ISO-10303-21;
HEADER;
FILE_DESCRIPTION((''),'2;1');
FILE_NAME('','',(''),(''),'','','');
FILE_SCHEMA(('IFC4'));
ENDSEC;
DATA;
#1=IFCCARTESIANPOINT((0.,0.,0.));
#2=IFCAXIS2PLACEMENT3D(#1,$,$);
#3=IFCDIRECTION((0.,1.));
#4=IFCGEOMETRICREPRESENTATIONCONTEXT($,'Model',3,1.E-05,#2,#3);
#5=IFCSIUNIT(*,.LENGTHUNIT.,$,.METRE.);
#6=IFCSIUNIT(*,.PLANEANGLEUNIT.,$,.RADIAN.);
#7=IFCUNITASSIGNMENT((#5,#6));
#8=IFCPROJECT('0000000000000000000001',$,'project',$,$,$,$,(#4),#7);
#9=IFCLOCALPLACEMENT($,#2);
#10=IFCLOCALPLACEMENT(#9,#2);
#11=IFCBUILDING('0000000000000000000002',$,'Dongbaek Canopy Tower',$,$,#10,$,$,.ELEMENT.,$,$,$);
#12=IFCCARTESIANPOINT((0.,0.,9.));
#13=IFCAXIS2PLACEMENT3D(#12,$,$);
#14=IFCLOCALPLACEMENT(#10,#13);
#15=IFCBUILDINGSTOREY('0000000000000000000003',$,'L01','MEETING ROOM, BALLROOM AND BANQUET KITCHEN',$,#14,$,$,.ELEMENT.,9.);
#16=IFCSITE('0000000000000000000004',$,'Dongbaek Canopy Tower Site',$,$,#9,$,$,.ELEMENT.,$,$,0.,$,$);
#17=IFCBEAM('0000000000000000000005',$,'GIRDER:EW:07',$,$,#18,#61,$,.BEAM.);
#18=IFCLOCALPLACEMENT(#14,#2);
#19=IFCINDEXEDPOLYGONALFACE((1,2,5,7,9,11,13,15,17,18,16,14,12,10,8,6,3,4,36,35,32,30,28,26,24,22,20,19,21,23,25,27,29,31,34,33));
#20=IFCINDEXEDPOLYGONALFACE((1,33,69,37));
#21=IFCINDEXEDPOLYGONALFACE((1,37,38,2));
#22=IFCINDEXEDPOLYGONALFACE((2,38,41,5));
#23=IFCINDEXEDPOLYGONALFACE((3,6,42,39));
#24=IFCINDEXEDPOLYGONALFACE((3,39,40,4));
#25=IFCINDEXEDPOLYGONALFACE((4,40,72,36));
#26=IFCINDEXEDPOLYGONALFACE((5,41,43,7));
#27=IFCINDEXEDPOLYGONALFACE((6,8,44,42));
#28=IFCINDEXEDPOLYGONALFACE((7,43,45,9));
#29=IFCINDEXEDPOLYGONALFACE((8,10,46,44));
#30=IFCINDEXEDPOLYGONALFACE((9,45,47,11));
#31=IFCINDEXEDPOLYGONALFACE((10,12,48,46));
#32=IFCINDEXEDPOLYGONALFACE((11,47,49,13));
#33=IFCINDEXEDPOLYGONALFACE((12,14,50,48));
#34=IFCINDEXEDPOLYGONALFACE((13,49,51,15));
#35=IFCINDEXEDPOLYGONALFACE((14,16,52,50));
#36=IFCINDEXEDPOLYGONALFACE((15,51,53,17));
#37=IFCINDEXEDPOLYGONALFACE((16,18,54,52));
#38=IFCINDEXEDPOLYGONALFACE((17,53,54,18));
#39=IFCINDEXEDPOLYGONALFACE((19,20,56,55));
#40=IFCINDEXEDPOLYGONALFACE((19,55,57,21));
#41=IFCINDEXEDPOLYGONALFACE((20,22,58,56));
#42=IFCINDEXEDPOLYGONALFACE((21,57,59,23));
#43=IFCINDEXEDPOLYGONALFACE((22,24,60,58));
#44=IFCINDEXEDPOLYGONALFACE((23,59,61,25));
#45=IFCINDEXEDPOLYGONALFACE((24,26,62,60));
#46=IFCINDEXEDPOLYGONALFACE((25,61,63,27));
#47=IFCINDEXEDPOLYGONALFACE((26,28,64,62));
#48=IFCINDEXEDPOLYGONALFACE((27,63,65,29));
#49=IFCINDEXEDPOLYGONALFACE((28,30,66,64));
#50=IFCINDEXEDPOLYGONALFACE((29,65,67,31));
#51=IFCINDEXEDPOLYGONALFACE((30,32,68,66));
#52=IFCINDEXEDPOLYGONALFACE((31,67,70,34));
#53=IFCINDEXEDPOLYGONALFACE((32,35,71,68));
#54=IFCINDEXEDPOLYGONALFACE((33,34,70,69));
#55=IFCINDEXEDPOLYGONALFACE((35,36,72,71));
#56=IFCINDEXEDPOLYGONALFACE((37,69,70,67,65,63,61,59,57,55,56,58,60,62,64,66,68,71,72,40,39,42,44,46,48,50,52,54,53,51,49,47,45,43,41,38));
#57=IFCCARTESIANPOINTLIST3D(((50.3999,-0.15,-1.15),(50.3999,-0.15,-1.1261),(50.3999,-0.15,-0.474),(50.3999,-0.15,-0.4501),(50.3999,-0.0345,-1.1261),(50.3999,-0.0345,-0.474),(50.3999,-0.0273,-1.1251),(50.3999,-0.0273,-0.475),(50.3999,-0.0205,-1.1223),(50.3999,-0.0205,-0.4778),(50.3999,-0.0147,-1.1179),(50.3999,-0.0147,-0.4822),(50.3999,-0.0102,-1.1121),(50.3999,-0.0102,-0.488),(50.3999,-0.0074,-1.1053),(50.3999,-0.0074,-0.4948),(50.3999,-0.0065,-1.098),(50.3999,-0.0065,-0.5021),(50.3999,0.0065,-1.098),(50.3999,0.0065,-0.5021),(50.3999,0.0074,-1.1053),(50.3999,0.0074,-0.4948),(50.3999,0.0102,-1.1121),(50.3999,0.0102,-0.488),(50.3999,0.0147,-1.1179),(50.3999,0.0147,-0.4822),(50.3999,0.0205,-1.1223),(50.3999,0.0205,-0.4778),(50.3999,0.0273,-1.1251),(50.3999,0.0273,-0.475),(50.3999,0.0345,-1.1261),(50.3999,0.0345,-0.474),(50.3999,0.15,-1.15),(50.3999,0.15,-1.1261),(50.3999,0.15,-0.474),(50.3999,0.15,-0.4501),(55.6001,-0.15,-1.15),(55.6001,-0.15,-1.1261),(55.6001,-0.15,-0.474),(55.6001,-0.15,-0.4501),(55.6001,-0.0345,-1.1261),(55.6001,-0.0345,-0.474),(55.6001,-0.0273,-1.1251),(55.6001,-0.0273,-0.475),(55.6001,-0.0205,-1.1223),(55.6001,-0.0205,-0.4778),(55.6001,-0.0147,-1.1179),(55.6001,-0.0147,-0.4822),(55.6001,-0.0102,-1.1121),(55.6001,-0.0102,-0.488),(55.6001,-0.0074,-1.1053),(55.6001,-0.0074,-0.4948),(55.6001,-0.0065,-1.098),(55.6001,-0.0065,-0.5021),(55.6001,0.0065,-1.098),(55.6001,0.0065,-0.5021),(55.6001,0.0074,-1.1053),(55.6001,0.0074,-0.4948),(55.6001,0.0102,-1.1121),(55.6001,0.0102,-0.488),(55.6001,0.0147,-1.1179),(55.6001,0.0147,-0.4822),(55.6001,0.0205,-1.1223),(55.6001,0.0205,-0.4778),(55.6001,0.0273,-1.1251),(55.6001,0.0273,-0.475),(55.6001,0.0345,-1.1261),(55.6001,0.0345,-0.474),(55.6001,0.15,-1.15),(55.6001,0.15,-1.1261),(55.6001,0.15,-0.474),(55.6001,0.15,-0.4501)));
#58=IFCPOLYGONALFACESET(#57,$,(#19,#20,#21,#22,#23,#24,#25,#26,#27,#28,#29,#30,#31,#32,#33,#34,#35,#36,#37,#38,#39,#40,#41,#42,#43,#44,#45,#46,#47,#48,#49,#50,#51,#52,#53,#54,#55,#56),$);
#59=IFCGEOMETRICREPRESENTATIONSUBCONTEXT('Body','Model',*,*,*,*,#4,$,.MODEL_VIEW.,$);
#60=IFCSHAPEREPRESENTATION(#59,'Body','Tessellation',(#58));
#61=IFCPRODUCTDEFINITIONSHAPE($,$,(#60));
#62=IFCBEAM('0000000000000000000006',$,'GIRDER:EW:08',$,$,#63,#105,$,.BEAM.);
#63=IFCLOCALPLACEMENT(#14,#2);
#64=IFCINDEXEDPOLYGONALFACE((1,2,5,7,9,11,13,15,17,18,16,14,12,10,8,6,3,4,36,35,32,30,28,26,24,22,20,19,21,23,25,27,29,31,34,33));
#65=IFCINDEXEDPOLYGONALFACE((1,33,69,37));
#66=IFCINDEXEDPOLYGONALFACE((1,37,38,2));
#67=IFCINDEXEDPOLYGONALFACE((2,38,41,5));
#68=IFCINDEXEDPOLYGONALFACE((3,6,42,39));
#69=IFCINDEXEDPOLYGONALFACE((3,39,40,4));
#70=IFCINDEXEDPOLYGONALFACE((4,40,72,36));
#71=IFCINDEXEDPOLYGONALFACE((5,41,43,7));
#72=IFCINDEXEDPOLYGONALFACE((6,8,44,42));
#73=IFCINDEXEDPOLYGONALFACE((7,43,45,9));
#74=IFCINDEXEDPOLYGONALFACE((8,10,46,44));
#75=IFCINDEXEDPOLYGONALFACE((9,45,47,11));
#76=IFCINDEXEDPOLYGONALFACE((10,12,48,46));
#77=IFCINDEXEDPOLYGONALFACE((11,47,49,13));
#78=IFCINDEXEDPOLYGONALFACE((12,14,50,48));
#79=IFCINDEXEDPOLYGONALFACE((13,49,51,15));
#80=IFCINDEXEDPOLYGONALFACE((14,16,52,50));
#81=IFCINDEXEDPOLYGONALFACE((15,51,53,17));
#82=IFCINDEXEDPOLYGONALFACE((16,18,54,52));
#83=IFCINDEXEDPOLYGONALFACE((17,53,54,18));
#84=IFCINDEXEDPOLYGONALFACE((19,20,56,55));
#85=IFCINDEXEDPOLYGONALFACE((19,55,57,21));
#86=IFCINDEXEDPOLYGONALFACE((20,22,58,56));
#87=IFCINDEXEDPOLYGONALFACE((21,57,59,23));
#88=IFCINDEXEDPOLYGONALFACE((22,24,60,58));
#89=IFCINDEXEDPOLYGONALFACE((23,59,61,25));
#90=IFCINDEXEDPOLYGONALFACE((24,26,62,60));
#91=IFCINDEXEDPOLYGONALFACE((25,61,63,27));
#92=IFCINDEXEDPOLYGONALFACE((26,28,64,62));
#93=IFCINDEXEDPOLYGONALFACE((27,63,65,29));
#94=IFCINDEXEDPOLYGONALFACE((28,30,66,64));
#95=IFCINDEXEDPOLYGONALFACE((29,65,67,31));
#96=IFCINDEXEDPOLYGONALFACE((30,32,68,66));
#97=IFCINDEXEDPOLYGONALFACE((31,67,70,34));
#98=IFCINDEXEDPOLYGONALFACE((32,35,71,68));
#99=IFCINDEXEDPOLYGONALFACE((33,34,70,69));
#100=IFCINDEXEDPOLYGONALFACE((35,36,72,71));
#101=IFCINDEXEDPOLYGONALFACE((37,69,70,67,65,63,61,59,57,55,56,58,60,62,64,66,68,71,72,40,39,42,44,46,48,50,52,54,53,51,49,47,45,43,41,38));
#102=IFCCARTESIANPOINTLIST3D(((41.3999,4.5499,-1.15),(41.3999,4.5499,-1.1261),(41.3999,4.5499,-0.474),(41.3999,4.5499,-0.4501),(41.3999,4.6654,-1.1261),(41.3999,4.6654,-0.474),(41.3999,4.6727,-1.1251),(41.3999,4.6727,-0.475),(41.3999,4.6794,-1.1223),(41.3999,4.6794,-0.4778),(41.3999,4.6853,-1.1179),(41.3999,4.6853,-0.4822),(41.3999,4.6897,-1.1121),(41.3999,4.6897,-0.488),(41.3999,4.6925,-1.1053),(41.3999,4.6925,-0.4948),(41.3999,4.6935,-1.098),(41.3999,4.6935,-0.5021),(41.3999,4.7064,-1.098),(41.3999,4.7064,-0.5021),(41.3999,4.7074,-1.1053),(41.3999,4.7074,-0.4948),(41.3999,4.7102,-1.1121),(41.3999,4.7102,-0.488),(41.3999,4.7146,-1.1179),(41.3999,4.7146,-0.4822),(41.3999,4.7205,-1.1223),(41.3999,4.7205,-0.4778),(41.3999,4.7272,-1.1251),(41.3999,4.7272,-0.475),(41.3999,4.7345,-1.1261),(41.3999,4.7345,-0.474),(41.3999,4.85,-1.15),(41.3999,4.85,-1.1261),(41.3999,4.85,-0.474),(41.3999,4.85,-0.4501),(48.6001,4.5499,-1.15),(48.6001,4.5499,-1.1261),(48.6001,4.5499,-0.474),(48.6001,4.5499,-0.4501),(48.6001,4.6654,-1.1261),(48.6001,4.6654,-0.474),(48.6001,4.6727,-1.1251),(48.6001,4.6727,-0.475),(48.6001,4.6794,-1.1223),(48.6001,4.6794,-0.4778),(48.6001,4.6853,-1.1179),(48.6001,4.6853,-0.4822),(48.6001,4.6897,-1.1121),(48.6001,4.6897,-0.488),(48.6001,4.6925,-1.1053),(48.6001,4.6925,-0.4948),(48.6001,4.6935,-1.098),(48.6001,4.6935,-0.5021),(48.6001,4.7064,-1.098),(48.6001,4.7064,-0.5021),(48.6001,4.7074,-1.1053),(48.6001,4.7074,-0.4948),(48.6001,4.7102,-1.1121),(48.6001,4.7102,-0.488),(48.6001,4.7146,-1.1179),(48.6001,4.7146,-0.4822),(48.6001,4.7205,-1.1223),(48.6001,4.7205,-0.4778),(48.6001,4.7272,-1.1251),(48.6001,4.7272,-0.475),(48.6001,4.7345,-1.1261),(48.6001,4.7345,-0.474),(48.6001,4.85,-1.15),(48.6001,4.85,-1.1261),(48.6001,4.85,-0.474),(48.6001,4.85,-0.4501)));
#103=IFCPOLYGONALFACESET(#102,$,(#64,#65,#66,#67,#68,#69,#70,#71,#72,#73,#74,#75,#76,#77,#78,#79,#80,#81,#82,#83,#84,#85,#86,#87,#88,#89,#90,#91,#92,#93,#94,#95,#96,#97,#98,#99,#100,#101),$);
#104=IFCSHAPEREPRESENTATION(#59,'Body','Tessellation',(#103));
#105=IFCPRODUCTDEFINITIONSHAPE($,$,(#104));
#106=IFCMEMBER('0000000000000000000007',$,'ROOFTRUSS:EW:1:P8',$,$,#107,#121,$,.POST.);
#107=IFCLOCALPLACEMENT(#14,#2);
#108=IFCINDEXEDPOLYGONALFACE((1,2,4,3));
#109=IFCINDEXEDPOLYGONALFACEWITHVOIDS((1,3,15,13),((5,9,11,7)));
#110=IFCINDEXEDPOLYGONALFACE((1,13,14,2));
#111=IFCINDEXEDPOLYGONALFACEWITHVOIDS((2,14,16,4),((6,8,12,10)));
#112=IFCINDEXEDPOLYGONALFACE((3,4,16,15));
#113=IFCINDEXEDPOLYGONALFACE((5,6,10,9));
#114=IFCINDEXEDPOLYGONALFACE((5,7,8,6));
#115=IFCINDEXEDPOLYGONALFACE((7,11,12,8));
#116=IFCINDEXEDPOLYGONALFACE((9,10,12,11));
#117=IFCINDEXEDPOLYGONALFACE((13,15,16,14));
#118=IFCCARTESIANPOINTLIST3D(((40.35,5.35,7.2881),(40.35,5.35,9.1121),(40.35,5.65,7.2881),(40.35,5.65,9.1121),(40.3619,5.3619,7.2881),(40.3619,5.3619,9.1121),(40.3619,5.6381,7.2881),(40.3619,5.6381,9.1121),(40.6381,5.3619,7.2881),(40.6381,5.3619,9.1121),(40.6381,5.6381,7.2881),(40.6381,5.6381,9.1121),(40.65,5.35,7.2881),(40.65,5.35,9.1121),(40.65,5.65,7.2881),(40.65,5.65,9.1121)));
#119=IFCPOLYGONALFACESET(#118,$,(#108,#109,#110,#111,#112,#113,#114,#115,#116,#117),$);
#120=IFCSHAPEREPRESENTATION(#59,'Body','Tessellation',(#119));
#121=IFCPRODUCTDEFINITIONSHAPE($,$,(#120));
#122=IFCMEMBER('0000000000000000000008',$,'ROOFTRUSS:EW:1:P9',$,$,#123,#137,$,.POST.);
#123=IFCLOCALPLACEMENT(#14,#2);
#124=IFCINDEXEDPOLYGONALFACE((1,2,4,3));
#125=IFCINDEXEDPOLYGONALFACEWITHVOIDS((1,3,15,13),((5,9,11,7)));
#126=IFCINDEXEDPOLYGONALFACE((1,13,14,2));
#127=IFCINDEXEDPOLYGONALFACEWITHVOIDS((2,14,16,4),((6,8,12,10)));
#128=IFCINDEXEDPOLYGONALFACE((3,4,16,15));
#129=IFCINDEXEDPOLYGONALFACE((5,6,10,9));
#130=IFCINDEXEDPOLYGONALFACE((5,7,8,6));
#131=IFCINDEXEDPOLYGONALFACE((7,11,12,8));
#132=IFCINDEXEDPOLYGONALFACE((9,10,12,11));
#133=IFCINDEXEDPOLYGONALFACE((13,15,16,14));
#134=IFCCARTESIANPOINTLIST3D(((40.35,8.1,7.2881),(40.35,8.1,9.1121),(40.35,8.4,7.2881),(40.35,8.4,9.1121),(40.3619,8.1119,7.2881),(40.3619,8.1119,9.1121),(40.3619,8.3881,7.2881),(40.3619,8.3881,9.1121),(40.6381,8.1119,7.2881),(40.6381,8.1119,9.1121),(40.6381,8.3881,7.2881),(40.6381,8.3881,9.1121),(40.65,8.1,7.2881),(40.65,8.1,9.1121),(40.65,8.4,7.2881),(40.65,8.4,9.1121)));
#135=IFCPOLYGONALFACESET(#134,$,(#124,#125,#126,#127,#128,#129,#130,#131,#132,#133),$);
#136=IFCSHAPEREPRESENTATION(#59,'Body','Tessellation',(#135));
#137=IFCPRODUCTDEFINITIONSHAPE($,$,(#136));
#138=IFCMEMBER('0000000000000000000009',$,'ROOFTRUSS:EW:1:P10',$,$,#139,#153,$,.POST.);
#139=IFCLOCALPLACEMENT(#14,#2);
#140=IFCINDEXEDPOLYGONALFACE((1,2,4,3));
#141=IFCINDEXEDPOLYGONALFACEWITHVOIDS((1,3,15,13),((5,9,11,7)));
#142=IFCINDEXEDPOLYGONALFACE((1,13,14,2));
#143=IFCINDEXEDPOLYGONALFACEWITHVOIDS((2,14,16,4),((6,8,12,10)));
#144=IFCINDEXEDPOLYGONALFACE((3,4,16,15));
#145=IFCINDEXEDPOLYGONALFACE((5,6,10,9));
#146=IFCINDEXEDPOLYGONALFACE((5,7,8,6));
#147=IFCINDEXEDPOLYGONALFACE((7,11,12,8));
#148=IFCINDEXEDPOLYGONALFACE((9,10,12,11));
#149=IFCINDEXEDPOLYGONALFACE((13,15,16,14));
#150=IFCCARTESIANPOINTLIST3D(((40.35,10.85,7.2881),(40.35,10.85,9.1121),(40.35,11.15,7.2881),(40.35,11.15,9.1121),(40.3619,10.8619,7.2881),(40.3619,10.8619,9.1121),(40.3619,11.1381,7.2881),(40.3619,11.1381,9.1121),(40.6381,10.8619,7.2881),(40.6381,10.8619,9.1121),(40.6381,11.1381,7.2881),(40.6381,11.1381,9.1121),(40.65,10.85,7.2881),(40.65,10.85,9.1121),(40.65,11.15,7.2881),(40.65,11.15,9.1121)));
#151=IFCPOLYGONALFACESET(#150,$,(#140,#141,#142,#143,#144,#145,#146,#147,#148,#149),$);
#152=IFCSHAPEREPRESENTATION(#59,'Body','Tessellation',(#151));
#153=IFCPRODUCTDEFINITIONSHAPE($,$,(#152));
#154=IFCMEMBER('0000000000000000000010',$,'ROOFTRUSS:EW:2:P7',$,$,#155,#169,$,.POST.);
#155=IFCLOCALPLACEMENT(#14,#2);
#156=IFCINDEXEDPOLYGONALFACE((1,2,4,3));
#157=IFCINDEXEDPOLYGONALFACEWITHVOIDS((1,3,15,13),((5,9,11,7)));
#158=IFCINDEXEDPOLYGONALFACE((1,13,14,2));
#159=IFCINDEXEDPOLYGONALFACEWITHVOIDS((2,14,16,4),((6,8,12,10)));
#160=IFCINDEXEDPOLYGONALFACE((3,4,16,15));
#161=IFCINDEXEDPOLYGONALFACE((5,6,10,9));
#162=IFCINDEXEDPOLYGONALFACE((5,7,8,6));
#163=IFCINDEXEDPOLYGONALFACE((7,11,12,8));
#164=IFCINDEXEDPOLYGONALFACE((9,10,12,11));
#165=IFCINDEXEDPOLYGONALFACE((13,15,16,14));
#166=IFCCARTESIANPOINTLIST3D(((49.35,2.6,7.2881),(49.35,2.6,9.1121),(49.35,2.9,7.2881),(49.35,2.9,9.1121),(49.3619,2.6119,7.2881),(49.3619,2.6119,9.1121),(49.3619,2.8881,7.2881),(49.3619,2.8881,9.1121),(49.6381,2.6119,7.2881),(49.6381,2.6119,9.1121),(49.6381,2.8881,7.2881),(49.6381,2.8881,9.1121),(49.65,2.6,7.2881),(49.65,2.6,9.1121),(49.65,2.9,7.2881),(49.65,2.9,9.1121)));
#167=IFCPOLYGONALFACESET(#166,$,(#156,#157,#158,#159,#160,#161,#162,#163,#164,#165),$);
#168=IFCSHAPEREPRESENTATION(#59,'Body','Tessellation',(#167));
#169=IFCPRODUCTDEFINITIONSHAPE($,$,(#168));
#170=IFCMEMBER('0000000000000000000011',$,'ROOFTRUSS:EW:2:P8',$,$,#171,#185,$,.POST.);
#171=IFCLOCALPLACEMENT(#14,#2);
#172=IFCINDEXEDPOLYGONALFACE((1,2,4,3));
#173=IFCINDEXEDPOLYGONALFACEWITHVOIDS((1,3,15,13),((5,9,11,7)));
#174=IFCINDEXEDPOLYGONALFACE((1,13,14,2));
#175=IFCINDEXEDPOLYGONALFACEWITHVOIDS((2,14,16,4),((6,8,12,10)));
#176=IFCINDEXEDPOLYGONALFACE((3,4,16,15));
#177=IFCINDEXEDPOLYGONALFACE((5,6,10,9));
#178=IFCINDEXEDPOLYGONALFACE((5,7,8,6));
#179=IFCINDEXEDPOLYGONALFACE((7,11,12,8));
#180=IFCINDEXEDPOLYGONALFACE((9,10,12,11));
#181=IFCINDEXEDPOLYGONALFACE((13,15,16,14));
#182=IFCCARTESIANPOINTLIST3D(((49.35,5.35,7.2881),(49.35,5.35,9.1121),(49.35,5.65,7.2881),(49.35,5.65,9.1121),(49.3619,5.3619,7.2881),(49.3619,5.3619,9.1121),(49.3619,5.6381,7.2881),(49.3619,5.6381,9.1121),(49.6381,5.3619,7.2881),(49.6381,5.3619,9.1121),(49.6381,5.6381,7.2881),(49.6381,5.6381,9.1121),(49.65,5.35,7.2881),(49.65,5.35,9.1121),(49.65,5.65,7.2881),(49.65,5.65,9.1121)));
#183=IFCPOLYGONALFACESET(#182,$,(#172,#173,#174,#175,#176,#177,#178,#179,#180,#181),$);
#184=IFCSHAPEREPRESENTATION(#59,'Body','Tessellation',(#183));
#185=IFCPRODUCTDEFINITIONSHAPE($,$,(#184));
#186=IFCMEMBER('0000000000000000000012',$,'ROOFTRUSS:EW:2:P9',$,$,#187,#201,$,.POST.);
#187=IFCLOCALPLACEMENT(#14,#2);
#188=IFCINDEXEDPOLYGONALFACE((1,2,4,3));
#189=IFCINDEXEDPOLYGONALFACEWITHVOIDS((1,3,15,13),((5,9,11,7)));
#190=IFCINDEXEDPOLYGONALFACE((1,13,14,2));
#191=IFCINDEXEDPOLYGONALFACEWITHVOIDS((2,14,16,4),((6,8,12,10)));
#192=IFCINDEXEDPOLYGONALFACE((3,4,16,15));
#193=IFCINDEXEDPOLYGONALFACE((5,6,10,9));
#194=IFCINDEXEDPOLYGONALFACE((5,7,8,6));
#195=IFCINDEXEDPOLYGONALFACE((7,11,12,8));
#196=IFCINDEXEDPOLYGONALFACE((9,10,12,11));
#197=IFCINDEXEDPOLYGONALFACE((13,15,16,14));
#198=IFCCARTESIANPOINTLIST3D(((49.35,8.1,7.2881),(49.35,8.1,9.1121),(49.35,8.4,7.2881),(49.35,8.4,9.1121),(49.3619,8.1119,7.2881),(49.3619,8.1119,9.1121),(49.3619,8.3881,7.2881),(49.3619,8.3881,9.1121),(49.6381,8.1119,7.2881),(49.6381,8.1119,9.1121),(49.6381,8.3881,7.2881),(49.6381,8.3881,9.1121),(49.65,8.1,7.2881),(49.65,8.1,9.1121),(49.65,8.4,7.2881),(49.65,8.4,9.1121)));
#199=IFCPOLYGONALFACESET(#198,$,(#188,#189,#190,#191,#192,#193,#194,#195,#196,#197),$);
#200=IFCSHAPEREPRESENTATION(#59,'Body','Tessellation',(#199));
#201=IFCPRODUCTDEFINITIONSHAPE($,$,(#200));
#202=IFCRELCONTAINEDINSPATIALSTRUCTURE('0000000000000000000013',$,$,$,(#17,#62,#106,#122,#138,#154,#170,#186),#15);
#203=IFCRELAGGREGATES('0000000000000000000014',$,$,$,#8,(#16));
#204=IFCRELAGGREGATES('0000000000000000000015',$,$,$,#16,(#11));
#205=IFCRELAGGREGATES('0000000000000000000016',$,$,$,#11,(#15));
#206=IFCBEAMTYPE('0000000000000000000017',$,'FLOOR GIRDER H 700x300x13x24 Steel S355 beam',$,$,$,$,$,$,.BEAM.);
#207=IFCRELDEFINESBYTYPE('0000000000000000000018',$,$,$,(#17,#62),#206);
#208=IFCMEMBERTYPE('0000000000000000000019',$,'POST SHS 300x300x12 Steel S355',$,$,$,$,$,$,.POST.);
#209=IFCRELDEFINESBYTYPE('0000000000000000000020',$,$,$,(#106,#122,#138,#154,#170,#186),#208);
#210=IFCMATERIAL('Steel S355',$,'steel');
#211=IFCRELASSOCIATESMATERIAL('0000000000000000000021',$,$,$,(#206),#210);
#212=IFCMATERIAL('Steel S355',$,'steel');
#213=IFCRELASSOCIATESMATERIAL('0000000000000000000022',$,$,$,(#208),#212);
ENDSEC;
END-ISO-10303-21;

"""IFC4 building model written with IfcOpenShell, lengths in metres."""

from ifc_helpers import new_model, si_unit, direction, frame, origin, origin_2d, place, context, subcontext, project, spatial, hollow_rectangle, i_section, extrude, material, material_profile, profile_set, type_object, element, save


model = new_model("IFC4")

# Units and contexts
model_context = context("Model", 3, precision=1e-05, world=origin(), true_north=direction((0.0, 1.0)))
body_context = subcontext(model_context, "Body", "Model", "MODEL_VIEW")
ifc_project = project(units=[si_unit("LENGTHUNIT", "METRE"), si_unit("PLANEANGLEUNIT", "RADIAN")], contexts=[model_context])

# Site, building, storey
site_placement = place(None, origin())
site = spatial("IfcSite", under=ifc_project, at=site_placement, Name="Dongbaek Canopy Tower Site", CompositionType="ELEMENT", RefElevation=0.0)
building_placement = place(site_placement, origin())
building = spatial("IfcBuilding", under=site, at=building_placement, Name="Dongbaek Canopy Tower", CompositionType="ELEMENT")
storey_placement = place(building_placement, frame((0.0, 0.0, 9.0)))
storey = spatial("IfcBuildingStorey", under=building, at=storey_placement, Name="L01", Description="MEETING ROOM, BALLROOM AND BANQUET KITCHEN", CompositionType="ELEMENT", Elevation=9.0)

# Beams
ifc_material_1 = material(Name="Steel S355", Category="steel")
ifc_material_profile_1 = material_profile(ifc_material_1, i_section(OverallWidth=0.3, OverallDepth=0.7, WebThickness=0.0129, FlangeThickness=0.0239, FilletRadius=0.0281, at=origin_2d()), Name="FLOOR GIRDER H 700x300x13x24 Steel S355 beam")
ifc_profile_set_1 = profile_set([ifc_material_profile_1], Name="Steel S355")
beam_type = type_object("IfcBeamType", Name="FLOOR GIRDER H 700x300x13x24 Steel S355 beam", PredefinedType="BEAM", material=ifc_profile_set_1)
beam_1_placement = place(storey_placement, frame((50.3999, 0.0, -0.8), z_axis=(1.0, 0.0, 0.0), x_axis=(0.0, 1.0, 0.0)))
element("IfcBeam", 1, at=beam_1_placement, inside=storey, type_object=beam_type, Name="GIRDER:EW:07", PredefinedType="BEAM", context=body_context, shape_type="SweptSolid", body=[
    extrude(i_section(OverallWidth=0.3, OverallDepth=0.7, WebThickness=0.0129, FlangeThickness=0.0239, FilletRadius=0.0281, at=origin_2d()), origin(), (0.0, 0.0, 1.0), 5.2002),
])
beam_2_placement = place(storey_placement, frame((41.3999, 4.7, -0.8), z_axis=(1.0, 0.0, 0.0), x_axis=(0.0, 1.0, 0.0)))
element("IfcBeam", 2, at=beam_2_placement, inside=storey, type_object=beam_type, Name="GIRDER:EW:08", PredefinedType="BEAM", context=body_context, shape_type="SweptSolid", body=[
    extrude(i_section(OverallWidth=0.3, OverallDepth=0.7, WebThickness=0.0129, FlangeThickness=0.0239, FilletRadius=0.0281, at=origin_2d()), origin(), (0.0, 0.0, 1.0), 7.2002),
])

# Members
ifc_material_2 = material(Name="Steel S355", Category="steel")
ifc_material_profile_2 = material_profile(ifc_material_2, hollow_rectangle(XDim=0.3, YDim=0.3, WallThickness=0.012, at=origin_2d()), Name="POST SHS 300x300x12 Steel S355")
ifc_profile_set_2 = profile_set([ifc_material_profile_2], Name="Steel S355")
member_type_1 = type_object("IfcMemberType", Name="POST SHS 300x300x12 Steel S355", PredefinedType="POST", material=ifc_profile_set_2)
for number, where, z_axis, x_axis, name in (
    (3, (40.5, 5.5, 7.2881), (0.0, 0.0, 1.0), (1.0, 0.0, 0.0), "ROOFTRUSS:EW:1:P8"),
    (4, (40.5, 8.25, 7.2881), (0.0, 0.0, 1.0), (1.0, 0.0, 0.0), "ROOFTRUSS:EW:1:P9"),
    (5, (40.5, 11.0, 7.2881), (0.0, 0.0, 1.0), (1.0, 0.0, 0.0), "ROOFTRUSS:EW:1:P10"),
    (6, (49.5, 2.75, 7.2881), (0.0, 0.0, 1.0), (1.0, 0.0, 0.0), "ROOFTRUSS:EW:2:P7"),
    (7, (49.5, 5.5, 7.2881), (0.0, 0.0, 1.0), (1.0, 0.0, 0.0), "ROOFTRUSS:EW:2:P8"),
    (8, (49.5, 8.25, 7.2881), (0.0, 0.0, 1.0), (1.0, 0.0, 0.0), "ROOFTRUSS:EW:2:P9"),
):
    element("IfcMember", number, at=place(storey_placement, frame(where, z_axis=z_axis, x_axis=x_axis)), inside=storey, type_object=member_type_1, Name=name, PredefinedType="POST", context=body_context, shape_type="SweptSolid", body=[
        extrude(hollow_rectangle(XDim=0.3, YDim=0.3, WallThickness=0.012, at=origin_2d()), origin(), (0.0, 0.0, 1.0), 1.824),
    ])

save(model, "model.ifc")
